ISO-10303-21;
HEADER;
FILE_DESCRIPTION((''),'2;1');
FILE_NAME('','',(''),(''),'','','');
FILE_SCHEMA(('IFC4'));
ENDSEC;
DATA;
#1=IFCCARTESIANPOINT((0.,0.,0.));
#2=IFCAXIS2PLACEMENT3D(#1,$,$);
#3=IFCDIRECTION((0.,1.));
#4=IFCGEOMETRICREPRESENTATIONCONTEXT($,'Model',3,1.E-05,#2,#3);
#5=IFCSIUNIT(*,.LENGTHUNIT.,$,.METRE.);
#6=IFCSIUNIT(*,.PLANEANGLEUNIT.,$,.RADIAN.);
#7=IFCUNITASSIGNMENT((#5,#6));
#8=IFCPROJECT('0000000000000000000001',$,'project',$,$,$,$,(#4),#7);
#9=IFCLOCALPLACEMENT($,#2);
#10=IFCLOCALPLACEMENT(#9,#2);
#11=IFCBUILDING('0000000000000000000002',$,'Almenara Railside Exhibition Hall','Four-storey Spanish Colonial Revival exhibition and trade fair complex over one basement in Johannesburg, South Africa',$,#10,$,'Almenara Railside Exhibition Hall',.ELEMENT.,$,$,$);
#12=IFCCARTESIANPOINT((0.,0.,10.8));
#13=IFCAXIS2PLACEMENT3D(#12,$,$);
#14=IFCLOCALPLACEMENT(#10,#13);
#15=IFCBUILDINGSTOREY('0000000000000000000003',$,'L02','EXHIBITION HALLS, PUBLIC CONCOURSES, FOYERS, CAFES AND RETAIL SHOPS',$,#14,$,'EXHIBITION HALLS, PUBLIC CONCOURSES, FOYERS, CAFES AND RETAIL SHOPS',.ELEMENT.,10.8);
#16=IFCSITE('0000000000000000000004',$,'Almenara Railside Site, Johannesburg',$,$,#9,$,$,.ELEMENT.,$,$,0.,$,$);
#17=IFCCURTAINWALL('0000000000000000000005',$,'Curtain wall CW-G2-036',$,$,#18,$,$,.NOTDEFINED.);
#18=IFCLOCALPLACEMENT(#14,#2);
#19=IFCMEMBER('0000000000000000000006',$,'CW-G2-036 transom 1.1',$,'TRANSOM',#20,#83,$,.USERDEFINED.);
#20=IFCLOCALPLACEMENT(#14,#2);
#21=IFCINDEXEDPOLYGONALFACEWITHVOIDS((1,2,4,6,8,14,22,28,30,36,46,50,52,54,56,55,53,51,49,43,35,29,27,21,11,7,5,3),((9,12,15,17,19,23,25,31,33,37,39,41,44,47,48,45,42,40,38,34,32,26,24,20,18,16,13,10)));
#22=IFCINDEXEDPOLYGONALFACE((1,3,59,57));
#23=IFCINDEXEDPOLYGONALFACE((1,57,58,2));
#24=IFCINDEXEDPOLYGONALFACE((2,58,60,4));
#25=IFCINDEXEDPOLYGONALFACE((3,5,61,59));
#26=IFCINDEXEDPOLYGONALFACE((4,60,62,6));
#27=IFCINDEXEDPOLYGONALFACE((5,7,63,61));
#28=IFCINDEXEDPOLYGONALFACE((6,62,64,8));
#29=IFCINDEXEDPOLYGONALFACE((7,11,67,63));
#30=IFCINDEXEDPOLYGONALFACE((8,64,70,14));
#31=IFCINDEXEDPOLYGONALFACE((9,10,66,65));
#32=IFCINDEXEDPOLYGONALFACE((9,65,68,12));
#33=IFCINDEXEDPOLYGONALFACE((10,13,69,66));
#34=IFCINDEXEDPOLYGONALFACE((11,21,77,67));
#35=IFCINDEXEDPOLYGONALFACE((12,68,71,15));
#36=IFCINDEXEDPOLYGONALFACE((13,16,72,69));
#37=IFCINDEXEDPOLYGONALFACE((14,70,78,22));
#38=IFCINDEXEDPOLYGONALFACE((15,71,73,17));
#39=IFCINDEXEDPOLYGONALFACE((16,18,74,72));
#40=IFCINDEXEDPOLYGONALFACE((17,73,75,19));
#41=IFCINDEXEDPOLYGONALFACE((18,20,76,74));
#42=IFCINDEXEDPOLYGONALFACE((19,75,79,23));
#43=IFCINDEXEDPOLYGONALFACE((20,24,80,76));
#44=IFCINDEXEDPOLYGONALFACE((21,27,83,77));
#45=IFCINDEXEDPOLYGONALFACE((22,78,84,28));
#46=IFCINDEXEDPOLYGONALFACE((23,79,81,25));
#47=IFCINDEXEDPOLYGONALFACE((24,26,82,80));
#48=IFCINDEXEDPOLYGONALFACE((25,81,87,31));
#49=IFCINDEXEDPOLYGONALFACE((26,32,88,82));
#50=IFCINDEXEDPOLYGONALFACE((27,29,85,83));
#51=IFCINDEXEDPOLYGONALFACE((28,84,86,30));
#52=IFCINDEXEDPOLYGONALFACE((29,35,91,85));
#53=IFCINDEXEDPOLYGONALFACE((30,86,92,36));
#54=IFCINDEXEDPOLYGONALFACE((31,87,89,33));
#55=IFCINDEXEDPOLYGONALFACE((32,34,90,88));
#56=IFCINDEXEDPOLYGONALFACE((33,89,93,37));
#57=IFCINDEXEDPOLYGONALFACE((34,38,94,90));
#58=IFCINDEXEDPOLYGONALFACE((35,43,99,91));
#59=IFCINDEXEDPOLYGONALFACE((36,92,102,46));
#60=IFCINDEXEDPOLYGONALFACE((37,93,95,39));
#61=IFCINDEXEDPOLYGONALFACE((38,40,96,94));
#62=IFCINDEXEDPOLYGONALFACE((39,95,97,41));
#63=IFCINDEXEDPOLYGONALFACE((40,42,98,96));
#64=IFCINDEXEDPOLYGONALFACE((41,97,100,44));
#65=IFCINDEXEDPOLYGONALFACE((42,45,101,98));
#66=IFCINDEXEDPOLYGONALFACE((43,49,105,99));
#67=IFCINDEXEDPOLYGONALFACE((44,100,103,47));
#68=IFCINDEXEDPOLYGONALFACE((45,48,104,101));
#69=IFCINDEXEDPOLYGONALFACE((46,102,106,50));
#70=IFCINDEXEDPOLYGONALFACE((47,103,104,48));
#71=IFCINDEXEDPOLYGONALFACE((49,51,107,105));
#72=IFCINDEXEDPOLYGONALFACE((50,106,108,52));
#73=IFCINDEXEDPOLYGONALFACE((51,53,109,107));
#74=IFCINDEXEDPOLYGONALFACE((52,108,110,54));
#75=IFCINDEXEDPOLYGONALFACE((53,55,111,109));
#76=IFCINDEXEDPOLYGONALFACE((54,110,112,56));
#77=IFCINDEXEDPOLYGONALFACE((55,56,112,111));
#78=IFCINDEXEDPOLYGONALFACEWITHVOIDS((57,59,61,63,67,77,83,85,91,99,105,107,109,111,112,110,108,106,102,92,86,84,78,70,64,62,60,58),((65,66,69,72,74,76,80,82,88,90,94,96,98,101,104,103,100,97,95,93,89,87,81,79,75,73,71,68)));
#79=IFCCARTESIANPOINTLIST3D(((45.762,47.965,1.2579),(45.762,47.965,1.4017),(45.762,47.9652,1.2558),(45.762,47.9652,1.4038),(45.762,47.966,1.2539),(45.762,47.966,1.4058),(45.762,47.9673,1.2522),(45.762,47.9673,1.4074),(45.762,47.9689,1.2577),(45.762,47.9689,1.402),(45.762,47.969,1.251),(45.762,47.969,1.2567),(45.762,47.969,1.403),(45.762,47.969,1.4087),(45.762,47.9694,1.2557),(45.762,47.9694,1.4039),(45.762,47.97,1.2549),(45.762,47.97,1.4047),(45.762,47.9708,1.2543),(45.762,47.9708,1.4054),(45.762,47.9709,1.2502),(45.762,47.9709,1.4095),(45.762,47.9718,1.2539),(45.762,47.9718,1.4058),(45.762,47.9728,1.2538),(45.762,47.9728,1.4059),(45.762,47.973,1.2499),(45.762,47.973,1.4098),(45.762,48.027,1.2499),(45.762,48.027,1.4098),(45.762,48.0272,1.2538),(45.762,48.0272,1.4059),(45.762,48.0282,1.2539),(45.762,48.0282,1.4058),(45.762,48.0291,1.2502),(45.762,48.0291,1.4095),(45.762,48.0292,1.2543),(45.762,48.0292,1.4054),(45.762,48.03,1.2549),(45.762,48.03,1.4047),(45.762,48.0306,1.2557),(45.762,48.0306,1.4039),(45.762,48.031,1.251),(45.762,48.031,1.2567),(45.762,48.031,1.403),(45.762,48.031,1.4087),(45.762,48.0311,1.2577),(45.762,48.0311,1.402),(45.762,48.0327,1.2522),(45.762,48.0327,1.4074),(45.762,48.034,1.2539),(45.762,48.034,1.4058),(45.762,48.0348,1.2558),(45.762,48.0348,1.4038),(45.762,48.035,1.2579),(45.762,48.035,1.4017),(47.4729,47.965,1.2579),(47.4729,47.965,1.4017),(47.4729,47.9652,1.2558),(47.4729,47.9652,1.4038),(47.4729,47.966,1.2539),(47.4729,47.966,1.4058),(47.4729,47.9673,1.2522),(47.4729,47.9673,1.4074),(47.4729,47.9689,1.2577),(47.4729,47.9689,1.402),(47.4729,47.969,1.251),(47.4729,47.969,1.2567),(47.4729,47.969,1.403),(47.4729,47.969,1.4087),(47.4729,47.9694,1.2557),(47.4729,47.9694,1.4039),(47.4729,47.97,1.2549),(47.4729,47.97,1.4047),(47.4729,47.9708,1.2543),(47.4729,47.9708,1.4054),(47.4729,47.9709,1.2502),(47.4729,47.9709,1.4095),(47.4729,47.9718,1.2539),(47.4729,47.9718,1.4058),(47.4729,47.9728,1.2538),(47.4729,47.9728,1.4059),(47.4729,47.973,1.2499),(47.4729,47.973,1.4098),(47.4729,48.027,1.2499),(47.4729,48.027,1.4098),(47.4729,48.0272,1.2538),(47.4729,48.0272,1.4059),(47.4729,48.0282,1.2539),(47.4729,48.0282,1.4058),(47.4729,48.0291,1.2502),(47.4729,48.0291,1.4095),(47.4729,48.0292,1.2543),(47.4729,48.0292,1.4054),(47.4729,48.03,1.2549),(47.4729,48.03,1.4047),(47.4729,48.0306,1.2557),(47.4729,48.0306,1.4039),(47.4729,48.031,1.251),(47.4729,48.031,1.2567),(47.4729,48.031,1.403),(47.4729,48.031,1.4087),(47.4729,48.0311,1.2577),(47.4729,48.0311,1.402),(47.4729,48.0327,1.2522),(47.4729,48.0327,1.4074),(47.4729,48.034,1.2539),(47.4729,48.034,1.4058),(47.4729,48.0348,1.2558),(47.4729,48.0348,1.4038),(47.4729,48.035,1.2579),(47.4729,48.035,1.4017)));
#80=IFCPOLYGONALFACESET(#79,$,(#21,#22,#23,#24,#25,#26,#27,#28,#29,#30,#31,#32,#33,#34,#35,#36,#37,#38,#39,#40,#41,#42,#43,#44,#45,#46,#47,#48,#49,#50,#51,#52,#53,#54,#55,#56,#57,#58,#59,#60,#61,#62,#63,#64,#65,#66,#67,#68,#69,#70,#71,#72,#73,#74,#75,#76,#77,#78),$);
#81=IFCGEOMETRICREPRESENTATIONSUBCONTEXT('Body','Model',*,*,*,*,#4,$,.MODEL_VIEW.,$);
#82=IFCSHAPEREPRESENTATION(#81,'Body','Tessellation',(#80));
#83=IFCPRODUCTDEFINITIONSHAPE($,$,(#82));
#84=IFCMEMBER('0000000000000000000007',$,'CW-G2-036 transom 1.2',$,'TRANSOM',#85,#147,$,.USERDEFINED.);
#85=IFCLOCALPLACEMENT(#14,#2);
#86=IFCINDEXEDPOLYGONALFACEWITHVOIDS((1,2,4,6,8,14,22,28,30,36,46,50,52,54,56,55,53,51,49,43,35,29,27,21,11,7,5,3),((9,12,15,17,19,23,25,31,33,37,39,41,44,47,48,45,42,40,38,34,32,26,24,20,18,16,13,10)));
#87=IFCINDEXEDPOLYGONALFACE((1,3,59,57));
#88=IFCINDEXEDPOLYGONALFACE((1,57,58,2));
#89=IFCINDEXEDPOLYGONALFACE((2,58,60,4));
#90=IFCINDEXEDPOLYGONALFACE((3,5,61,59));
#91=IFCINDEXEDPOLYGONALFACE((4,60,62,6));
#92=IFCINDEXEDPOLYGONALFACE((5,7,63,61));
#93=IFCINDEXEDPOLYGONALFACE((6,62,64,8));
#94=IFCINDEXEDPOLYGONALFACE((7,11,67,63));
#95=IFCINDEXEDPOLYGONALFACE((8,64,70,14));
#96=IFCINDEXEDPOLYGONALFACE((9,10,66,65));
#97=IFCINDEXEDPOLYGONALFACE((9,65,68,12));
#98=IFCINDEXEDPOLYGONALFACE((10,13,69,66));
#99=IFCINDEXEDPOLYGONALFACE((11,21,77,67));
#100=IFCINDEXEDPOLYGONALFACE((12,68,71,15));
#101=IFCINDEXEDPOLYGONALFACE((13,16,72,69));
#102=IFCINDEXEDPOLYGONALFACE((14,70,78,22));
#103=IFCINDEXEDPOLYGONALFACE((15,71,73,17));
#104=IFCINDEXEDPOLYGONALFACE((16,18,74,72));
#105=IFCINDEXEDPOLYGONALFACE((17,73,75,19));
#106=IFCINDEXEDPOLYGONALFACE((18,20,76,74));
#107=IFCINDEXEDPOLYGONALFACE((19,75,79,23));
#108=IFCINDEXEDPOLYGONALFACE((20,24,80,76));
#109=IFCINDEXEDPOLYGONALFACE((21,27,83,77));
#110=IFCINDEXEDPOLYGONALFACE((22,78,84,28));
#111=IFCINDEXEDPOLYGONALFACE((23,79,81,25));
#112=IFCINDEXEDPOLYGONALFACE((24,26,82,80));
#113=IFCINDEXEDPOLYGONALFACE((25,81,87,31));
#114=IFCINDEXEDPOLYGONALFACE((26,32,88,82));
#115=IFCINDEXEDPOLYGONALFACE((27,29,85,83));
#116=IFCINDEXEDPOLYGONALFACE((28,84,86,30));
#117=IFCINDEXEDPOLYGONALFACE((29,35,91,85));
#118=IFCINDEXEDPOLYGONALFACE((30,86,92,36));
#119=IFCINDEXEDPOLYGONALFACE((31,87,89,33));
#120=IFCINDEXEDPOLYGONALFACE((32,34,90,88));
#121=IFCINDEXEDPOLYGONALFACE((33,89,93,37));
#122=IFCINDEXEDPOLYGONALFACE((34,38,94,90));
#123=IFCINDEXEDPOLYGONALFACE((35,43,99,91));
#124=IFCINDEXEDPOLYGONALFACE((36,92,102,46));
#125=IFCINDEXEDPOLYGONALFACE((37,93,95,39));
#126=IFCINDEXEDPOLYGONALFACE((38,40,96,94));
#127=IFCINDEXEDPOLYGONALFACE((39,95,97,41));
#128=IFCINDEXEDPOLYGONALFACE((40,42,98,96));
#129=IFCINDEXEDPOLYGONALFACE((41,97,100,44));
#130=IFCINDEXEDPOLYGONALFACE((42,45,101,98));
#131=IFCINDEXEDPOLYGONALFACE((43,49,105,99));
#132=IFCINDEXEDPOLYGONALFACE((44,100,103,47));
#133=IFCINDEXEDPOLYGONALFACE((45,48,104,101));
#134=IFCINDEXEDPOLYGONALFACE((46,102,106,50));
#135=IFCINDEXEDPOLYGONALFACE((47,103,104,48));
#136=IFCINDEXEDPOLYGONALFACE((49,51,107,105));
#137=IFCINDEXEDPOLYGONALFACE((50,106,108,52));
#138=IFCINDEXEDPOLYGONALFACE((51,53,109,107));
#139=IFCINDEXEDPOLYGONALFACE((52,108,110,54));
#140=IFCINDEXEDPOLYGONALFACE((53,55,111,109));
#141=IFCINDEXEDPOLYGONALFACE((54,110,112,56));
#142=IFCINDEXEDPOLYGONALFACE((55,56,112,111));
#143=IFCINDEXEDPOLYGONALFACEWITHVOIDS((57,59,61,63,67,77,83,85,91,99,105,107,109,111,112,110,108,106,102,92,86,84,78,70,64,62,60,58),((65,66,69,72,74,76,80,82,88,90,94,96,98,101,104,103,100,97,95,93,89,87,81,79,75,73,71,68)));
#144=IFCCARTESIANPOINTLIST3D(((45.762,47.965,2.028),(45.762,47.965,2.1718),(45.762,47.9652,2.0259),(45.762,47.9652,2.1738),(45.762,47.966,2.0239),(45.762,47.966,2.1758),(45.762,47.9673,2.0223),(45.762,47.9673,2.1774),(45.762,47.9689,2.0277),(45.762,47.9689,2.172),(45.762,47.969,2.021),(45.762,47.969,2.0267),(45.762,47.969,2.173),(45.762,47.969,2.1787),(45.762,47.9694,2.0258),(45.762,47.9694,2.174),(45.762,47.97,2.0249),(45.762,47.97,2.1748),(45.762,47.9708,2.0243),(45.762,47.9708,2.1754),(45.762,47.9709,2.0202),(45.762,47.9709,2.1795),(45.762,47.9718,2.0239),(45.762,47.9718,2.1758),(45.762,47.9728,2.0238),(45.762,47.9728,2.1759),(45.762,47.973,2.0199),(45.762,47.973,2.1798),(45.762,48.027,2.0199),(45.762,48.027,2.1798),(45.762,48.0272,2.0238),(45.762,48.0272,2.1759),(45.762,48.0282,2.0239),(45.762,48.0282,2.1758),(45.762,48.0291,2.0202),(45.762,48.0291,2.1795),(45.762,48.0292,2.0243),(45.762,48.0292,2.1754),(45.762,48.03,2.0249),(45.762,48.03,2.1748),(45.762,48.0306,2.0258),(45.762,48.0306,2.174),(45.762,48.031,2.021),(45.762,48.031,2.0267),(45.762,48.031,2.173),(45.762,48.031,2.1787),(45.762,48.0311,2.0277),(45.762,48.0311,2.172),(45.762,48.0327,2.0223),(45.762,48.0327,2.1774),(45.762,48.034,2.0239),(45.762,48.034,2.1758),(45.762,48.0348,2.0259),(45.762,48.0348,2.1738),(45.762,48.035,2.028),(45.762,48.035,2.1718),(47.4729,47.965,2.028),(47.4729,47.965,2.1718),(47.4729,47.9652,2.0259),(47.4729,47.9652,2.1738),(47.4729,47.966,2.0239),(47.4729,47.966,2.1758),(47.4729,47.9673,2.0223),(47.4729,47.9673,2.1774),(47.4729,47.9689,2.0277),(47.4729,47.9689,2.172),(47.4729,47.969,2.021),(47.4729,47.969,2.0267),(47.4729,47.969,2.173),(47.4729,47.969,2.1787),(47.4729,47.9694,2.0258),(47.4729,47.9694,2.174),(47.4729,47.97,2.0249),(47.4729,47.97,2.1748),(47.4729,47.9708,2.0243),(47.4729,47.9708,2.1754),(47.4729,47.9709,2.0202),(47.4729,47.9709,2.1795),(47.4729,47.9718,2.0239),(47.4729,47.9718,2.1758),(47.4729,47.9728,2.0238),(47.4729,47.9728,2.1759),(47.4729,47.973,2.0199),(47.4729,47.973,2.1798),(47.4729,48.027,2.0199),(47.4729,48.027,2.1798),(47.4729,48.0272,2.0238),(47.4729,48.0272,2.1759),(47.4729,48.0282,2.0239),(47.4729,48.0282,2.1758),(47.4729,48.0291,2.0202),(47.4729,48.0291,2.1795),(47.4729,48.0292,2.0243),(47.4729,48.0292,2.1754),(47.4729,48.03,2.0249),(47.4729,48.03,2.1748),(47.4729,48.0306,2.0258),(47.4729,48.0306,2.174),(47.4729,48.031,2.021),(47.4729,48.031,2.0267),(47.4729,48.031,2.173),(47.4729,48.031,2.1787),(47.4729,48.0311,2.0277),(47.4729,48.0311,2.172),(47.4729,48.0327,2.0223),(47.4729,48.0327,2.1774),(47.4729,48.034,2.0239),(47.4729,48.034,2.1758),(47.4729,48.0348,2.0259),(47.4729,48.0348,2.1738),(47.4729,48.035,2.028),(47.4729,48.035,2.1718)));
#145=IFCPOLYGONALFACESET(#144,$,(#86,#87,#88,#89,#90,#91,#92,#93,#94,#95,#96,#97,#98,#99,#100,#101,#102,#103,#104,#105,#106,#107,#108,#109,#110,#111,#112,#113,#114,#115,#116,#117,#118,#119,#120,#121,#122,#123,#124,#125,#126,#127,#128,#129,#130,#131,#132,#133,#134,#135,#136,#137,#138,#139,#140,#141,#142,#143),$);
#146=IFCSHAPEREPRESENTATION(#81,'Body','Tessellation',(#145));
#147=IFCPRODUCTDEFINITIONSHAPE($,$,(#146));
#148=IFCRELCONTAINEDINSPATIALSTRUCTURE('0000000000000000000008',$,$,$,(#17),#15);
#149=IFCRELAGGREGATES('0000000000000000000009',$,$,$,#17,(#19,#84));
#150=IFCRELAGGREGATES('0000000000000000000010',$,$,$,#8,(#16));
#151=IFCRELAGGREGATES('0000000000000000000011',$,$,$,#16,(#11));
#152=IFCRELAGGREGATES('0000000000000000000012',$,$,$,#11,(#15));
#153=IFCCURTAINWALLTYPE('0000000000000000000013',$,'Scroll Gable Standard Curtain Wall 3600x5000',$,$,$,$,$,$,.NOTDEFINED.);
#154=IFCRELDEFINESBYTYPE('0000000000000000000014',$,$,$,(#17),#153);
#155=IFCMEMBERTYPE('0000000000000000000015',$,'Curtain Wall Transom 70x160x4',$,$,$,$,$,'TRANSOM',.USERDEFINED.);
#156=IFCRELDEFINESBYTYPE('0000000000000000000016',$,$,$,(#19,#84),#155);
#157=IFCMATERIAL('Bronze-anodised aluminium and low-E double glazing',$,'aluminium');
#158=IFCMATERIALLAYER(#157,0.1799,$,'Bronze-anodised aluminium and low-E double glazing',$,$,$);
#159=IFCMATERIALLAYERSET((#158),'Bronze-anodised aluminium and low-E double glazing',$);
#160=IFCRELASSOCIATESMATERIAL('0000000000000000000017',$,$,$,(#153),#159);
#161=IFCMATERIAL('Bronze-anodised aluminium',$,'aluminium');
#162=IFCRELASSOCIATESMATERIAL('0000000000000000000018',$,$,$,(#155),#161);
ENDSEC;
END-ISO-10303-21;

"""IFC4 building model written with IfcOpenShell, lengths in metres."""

from ifc_helpers import new_model, si_unit, direction, frame, origin, origin_2d, place, context, subcontext, project, spatial, hollow_rectangle, extrude, material, layer, layer_set, material_profile, profile_set, type_object, element, aggregate, save


model = new_model("IFC4")

# Units and contexts
model_context = context("Model", 3, precision=1e-05, world=origin(), true_north=direction((0.0, 1.0)))
body_context = subcontext(model_context, "Body", "Model", "MODEL_VIEW")
ifc_project = project(units=[si_unit("LENGTHUNIT", "METRE"), si_unit("PLANEANGLEUNIT", "RADIAN")], contexts=[model_context])

# Site, building, storey
site_placement = place(None, origin())
site = spatial("IfcSite", under=ifc_project, at=site_placement, Name="Almenara Railside Site, Johannesburg", CompositionType="ELEMENT", RefElevation=0.0)
building_placement = place(site_placement, origin())
building = spatial("IfcBuilding", under=site, at=building_placement, Name="Almenara Railside Exhibition Hall", Description="Four-storey Spanish Colonial Revival exhibition and trade fair complex over one basement in Johannesburg, South Africa", LongName="Almenara Railside Exhibition Hall", CompositionType="ELEMENT")
storey_placement = place(building_placement, frame((0.0, 0.0, 10.8)))
storey = spatial("IfcBuildingStorey", under=building, at=storey_placement, Name="L02", Description="EXHIBITION HALLS, PUBLIC CONCOURSES, FOYERS, CAFES AND RETAIL SHOPS", LongName="EXHIBITION HALLS, PUBLIC CONCOURSES, FOYERS, CAFES AND RETAIL SHOPS", CompositionType="ELEMENT", Elevation=10.8)

# Curtain wall, members
ifc_material_1 = material(Name="Bronze-anodised aluminium and low-E double glazing", Category="aluminium")
ifc_layer_1 = layer(ifc_material_1, 0.1799, Name="Bronze-anodised aluminium and low-E double glazing")
ifc_layer_set_1 = layer_set([ifc_layer_1], Name="Bronze-anodised aluminium and low-E double glazing")
curtain_wall_type = type_object("IfcCurtainWallType", Name="Scroll Gable Standard Curtain Wall 3600x5000", PredefinedType="NOTDEFINED", material=ifc_layer_set_1)
curtain_wall_placement = place(storey_placement, origin())
curtain_wall = element("IfcCurtainWall", 1, at=curtain_wall_placement, inside=storey, type_object=curtain_wall_type, Name="Curtain wall CW-G2-036", PredefinedType="NOTDEFINED")
ifc_material_2 = material(Name="Bronze-anodised aluminium", Category="aluminium")
ifc_material_profile_1 = material_profile(ifc_material_2, hollow_rectangle(XDim=0.0701, YDim=0.1599, WallThickness=0.0039, InnerFilletRadius=0.0039, OuterFilletRadius=0.0081, at=origin_2d()), Name="ALU-TRN 70x160x4")
ifc_profile_set_1 = profile_set([ifc_material_profile_1], Name="Bronze-anodised aluminium")
member_type_1 = type_object("IfcMemberType", Name="Curtain Wall Transom 70x160x4", ElementType="TRANSOM", PredefinedType="USERDEFINED", material=ifc_profile_set_1)
member_1_placement = place(storey_placement, frame((45.762, 48.0, 1.3298), z_axis=(1.0, 0.0, 0.0), x_axis=(0.0, 1.0, 0.0)))
member_1 = element("IfcMember", 2, at=member_1_placement, type_object=member_type_1, Name="CW-G2-036 transom 1.1", ObjectType="TRANSOM", PredefinedType="USERDEFINED", context=body_context, shape_type="SweptSolid", body=[
    extrude(hollow_rectangle(XDim=0.0701, YDim=0.1599, WallThickness=0.0039, InnerFilletRadius=0.0039, OuterFilletRadius=0.0081, at=origin_2d()), origin(), (0.0, 0.0, 1.0), 1.7109),
])
member_2_placement = place(storey_placement, frame((45.762, 48.0, 2.0999), z_axis=(1.0, 0.0, 0.0), x_axis=(0.0, 1.0, 0.0)))
member_2 = element("IfcMember", 3, at=member_2_placement, type_object=member_type_1, Name="CW-G2-036 transom 1.2", ObjectType="TRANSOM", PredefinedType="USERDEFINED", context=body_context, shape_type="SweptSolid", body=[
    extrude(hollow_rectangle(XDim=0.0701, YDim=0.1599, WallThickness=0.0039, InnerFilletRadius=0.0039, OuterFilletRadius=0.0081, at=origin_2d()), origin(), (0.0, 0.0, 1.0), 1.7109),
])
aggregate(curtain_wall, [member_1, member_2])

save(model, "model.ifc")
